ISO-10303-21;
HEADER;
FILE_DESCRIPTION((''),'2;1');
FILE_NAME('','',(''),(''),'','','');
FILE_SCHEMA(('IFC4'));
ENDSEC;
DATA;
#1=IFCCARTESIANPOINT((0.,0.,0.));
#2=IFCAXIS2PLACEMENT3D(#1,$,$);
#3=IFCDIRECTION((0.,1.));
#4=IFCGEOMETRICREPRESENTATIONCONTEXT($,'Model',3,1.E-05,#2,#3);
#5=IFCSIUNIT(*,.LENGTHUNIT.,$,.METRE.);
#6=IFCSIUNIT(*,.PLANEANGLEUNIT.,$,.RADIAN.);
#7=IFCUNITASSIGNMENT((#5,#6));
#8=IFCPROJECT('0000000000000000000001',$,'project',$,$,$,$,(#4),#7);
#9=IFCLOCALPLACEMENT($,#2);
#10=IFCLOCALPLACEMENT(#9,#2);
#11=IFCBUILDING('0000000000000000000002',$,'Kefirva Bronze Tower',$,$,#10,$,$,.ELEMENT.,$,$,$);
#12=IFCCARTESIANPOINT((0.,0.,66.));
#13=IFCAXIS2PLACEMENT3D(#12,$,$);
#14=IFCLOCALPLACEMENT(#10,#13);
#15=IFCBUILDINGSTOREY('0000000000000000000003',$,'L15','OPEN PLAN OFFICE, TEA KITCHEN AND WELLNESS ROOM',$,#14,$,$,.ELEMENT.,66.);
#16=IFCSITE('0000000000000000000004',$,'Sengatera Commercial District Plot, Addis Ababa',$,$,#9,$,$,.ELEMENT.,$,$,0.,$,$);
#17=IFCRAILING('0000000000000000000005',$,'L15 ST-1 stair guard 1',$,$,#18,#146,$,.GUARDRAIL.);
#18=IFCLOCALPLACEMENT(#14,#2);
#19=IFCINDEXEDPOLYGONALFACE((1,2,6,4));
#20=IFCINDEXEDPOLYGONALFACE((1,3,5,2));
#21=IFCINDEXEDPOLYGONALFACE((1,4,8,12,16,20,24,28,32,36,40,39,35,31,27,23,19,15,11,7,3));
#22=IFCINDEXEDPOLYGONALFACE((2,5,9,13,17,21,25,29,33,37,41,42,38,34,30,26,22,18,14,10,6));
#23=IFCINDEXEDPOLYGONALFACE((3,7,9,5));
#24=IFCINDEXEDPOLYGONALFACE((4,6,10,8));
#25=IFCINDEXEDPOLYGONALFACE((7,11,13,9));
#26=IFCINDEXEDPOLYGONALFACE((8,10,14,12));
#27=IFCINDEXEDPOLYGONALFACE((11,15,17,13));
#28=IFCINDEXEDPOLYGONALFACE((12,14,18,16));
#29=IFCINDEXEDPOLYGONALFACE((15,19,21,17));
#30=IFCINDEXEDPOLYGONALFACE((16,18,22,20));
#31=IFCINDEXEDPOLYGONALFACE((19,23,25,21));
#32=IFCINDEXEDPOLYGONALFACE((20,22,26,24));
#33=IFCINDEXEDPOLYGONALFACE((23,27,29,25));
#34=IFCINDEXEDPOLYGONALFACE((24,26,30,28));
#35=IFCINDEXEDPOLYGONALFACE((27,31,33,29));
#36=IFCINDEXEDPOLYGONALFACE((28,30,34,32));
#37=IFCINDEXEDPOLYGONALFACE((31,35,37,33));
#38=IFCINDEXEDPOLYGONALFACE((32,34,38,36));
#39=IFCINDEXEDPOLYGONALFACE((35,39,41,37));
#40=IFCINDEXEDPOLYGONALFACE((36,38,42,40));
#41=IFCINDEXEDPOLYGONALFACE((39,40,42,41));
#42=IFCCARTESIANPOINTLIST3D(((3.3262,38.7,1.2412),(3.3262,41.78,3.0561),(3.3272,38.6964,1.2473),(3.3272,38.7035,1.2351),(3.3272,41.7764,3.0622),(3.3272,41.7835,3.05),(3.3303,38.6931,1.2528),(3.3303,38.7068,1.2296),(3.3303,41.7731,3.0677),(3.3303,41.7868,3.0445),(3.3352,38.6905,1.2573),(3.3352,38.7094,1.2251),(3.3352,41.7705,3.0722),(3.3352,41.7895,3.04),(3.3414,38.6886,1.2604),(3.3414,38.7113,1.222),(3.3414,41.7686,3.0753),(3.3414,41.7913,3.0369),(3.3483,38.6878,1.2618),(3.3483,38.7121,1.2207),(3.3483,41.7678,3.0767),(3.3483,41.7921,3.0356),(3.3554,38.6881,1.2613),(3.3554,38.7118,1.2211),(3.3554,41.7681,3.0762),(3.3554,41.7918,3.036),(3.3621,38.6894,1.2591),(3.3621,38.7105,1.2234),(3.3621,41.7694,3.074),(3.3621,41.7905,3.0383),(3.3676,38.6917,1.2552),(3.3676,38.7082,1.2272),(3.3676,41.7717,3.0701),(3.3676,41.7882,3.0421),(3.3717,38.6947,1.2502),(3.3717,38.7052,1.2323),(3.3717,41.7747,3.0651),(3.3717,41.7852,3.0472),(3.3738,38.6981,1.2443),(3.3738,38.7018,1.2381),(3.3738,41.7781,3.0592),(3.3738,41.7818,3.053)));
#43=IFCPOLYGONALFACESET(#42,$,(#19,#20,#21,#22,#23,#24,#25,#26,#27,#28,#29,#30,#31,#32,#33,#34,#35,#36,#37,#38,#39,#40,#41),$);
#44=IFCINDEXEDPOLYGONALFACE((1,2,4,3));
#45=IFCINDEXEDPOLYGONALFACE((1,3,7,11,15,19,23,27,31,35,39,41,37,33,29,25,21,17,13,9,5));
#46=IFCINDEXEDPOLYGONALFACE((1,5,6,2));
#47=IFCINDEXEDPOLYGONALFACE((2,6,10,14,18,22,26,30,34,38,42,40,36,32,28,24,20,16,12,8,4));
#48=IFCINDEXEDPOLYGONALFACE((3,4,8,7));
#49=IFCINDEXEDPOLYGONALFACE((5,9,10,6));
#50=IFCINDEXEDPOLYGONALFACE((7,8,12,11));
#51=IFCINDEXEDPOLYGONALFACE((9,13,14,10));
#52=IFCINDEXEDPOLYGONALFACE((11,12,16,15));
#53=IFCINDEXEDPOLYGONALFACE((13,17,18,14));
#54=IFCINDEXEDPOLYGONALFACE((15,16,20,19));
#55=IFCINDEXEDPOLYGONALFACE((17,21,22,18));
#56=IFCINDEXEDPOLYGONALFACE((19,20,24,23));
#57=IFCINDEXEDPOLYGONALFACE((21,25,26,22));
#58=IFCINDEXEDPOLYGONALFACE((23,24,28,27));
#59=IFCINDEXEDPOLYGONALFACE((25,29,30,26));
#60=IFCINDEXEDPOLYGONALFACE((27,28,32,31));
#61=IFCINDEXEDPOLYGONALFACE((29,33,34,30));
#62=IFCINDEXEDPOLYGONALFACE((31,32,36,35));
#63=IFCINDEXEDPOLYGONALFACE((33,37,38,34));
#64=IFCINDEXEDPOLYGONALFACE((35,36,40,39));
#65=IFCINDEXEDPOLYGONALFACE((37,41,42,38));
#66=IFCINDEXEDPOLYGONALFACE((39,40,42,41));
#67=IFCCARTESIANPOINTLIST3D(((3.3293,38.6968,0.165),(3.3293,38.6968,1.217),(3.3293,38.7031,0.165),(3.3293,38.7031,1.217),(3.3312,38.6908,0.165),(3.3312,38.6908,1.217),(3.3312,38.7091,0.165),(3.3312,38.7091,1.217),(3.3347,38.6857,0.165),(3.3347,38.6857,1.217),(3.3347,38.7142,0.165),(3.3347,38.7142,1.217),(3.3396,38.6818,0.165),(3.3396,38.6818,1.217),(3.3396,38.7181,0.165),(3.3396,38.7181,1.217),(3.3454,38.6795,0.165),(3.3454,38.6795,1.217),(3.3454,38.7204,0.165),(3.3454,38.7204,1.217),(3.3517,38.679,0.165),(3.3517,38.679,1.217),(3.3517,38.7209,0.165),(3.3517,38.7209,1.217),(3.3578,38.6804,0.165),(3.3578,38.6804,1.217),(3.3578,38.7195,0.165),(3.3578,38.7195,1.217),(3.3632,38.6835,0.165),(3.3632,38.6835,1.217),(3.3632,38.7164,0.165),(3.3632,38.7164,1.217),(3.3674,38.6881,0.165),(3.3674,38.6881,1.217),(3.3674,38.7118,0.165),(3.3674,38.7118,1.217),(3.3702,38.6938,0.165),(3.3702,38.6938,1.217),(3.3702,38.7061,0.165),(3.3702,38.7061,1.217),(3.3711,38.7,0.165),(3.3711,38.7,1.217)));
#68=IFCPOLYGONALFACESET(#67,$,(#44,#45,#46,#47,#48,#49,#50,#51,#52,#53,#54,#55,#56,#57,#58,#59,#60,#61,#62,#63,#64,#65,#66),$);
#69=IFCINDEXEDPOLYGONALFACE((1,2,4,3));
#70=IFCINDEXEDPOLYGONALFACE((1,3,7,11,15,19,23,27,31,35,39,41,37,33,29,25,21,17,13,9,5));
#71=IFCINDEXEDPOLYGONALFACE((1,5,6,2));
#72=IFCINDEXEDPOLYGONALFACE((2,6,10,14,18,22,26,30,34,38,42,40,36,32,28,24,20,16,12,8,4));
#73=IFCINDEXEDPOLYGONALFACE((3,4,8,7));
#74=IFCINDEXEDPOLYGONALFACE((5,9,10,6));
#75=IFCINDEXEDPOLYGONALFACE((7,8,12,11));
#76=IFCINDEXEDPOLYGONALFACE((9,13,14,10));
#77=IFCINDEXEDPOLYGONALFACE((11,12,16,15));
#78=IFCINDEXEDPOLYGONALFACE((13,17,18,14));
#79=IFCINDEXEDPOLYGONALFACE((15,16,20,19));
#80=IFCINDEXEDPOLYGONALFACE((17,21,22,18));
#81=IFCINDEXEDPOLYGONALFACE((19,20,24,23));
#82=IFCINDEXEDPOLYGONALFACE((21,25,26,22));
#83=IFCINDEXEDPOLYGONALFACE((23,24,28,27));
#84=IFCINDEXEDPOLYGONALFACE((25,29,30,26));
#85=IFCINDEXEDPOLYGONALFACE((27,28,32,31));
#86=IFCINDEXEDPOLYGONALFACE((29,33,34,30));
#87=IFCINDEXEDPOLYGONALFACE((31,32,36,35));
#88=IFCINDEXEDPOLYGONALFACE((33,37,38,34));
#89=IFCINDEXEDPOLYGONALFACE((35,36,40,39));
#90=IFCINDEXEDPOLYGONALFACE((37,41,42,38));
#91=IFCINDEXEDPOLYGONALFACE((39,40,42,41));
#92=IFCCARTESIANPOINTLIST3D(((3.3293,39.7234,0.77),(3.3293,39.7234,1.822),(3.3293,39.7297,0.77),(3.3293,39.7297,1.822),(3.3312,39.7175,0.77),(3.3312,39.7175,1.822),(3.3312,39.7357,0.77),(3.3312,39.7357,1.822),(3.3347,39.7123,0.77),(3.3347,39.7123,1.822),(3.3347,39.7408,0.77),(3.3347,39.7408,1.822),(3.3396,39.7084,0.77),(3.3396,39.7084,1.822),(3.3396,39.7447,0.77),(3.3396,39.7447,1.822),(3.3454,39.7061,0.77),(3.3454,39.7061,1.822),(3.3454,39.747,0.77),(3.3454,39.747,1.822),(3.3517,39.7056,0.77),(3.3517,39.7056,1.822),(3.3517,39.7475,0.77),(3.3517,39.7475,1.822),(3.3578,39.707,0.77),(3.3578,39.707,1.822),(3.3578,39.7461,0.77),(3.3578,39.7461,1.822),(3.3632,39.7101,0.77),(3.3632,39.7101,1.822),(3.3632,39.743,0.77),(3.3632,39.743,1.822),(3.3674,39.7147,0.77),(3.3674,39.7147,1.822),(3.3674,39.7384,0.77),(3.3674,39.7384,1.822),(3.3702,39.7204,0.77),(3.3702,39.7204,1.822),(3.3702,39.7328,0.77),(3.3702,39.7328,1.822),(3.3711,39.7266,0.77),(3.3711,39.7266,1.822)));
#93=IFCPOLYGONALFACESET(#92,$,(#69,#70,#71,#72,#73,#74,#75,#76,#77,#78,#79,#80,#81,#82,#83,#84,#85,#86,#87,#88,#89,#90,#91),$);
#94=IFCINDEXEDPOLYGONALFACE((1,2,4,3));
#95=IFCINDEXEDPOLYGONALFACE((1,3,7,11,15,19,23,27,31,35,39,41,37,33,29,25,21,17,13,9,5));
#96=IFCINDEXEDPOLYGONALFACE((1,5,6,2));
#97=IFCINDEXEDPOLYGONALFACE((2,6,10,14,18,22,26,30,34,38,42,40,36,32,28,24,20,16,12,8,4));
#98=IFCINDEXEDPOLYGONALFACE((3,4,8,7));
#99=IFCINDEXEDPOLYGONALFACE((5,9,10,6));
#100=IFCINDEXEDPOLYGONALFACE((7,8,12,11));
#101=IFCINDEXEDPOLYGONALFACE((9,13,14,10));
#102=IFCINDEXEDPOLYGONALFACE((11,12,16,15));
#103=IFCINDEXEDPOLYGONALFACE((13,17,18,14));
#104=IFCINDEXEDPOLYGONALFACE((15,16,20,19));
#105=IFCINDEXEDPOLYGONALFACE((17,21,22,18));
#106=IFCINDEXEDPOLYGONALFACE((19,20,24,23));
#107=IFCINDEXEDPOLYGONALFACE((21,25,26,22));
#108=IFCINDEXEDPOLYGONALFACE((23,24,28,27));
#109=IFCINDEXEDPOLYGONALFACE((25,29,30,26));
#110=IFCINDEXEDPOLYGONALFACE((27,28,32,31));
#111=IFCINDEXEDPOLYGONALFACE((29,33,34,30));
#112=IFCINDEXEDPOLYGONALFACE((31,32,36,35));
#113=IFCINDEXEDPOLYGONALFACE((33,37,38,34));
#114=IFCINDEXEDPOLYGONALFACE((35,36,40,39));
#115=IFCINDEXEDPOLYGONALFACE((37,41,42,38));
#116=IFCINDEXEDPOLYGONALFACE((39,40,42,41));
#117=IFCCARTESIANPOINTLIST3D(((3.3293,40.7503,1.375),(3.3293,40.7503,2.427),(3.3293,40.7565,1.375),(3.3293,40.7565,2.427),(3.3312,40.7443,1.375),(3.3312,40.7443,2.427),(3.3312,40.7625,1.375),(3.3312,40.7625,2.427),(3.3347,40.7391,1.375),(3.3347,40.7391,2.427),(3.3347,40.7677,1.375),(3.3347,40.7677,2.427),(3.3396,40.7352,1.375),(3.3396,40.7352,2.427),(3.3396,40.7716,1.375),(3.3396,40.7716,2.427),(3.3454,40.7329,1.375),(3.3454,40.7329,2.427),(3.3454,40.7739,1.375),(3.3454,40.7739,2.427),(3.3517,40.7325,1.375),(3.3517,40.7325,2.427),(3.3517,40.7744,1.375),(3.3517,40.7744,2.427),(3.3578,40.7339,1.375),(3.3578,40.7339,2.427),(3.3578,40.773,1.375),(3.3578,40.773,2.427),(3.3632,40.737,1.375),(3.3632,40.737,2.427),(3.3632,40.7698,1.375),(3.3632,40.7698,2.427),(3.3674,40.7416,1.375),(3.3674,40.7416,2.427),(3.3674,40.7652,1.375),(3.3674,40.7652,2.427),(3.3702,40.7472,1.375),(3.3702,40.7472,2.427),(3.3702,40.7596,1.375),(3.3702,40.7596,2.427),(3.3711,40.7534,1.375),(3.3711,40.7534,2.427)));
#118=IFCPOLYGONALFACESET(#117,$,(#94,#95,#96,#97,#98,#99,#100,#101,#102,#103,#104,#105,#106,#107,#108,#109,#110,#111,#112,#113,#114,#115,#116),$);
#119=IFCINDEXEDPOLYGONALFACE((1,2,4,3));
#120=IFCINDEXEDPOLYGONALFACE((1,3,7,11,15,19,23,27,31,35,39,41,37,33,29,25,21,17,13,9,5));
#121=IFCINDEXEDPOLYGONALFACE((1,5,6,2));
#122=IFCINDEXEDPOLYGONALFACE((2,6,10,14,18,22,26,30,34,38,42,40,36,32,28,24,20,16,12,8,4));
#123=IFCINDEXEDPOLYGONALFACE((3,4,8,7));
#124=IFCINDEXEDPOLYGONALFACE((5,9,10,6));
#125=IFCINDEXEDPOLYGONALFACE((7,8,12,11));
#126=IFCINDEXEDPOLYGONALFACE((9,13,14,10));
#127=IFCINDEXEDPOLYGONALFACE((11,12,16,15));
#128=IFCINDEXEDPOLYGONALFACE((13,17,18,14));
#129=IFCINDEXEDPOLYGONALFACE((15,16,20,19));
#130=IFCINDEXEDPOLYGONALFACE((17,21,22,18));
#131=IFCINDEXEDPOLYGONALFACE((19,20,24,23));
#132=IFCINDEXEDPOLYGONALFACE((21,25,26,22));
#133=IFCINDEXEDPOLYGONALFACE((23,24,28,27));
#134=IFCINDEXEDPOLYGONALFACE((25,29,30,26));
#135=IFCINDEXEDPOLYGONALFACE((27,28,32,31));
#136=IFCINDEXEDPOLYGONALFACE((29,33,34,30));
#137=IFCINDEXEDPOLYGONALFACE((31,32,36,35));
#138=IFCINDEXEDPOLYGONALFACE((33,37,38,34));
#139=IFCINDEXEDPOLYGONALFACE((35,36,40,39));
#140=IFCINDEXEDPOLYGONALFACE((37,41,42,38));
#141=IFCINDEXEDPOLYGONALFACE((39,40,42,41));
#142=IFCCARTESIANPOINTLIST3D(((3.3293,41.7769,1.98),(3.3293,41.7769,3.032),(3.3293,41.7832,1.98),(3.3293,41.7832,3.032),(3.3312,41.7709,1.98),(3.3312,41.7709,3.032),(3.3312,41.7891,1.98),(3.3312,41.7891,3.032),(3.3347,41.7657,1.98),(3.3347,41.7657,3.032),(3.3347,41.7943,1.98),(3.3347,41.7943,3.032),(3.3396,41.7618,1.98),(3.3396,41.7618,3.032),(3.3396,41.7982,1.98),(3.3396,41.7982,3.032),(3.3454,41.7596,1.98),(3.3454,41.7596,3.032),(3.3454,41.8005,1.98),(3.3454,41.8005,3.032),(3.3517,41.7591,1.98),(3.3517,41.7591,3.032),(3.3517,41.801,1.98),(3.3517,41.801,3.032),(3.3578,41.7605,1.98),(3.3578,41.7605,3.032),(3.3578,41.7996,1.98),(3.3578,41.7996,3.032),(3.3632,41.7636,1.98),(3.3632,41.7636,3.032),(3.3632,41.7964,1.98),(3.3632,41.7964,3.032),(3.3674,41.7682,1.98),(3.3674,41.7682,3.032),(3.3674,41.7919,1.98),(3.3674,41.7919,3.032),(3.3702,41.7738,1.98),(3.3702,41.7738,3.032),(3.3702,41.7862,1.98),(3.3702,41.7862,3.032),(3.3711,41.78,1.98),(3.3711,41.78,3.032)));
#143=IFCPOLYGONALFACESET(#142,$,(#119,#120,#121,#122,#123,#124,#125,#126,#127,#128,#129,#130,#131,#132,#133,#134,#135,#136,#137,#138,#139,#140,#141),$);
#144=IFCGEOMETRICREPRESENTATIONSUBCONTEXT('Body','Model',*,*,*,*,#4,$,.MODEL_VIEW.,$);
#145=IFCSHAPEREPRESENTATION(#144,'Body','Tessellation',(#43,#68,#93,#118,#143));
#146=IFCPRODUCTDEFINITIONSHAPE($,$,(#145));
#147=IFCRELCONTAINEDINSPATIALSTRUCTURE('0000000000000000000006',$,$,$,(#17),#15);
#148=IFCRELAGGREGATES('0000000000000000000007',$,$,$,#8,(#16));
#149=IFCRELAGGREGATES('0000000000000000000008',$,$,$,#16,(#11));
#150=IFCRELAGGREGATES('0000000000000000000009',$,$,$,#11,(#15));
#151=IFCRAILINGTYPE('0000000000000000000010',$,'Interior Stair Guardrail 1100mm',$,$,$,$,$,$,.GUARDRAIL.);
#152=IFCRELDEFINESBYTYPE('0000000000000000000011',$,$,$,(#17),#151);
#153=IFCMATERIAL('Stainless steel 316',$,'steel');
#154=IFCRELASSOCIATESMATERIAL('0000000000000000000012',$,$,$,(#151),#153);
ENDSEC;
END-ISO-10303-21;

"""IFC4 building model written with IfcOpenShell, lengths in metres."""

from ifc_helpers import new_model, si_unit, direction, frame, origin, origin_2d, place, context, subcontext, project, spatial, circle, extrude, material, type_object, element, save


model = new_model("IFC4")

# Units and contexts
model_context = context("Model", 3, precision=1e-05, world=origin(), true_north=direction((0.0, 1.0)))
body_context = subcontext(model_context, "Body", "Model", "MODEL_VIEW")
ifc_project = project(units=[si_unit("LENGTHUNIT", "METRE"), si_unit("PLANEANGLEUNIT", "RADIAN")], contexts=[model_context])

# Site, building, storey
site_placement = place(None, origin())
site = spatial("IfcSite", under=ifc_project, at=site_placement, Name="Sengatera Commercial District Plot, Addis Ababa", CompositionType="ELEMENT", RefElevation=0.0)
building_placement = place(site_placement, origin())
building = spatial("IfcBuilding", under=site, at=building_placement, Name="Kefirva Bronze Tower", CompositionType="ELEMENT")
storey_placement = place(building_placement, frame((0.0, 0.0, 66.0)))
storey = spatial("IfcBuildingStorey", under=building, at=storey_placement, Name="L15", Description="OPEN PLAN OFFICE, TEA KITCHEN AND WELLNESS ROOM", CompositionType="ELEMENT", Elevation=66.0)

# Railing
ifc_material_1 = material(Name="Stainless steel 316", Category="steel")
railing_type_1 = type_object("IfcRailingType", Name="Interior Stair Guardrail 1100mm", PredefinedType="GUARDRAIL", material=ifc_material_1)
railing_1_placement = place(storey_placement, frame((3.3501, 38.7, 0.165)))
element("IfcRailing", 1, at=railing_1_placement, inside=storey, type_object=railing_type_1, Name="L15 ST-1 stair guard 1", PredefinedType="GUARDRAIL", context=body_context, shape_type="SweptSolid", body=[
    extrude(circle(Radius=0.0239, at=origin_2d()), frame((0.0, 0.0, 1.0762), z_axis=(0.0, 0.861551, 0.507671), x_axis=(-1.0, 0.0, 0.0)), (0.0, 0.0, 1.0), 3.575),
    extrude(circle(Radius=0.021, at=origin_2d()), origin(), (0.0, 0.0, 1.0), 1.052),
    extrude(circle(Radius=0.021, at=origin_2d()), frame((0.0, 1.0266, 0.605)), (0.0, 0.0, 1.0), 1.052),
    extrude(circle(Radius=0.021, at=origin_2d()), frame((0.0, 2.0535, 1.21)), (0.0, 0.0, 1.0), 1.052),
    extrude(circle(Radius=0.021, at=origin_2d()), frame((0.0, 3.0801, 1.8149)), (0.0, 0.0, 1.0), 1.052),
])

save(model, "model.ifc")
